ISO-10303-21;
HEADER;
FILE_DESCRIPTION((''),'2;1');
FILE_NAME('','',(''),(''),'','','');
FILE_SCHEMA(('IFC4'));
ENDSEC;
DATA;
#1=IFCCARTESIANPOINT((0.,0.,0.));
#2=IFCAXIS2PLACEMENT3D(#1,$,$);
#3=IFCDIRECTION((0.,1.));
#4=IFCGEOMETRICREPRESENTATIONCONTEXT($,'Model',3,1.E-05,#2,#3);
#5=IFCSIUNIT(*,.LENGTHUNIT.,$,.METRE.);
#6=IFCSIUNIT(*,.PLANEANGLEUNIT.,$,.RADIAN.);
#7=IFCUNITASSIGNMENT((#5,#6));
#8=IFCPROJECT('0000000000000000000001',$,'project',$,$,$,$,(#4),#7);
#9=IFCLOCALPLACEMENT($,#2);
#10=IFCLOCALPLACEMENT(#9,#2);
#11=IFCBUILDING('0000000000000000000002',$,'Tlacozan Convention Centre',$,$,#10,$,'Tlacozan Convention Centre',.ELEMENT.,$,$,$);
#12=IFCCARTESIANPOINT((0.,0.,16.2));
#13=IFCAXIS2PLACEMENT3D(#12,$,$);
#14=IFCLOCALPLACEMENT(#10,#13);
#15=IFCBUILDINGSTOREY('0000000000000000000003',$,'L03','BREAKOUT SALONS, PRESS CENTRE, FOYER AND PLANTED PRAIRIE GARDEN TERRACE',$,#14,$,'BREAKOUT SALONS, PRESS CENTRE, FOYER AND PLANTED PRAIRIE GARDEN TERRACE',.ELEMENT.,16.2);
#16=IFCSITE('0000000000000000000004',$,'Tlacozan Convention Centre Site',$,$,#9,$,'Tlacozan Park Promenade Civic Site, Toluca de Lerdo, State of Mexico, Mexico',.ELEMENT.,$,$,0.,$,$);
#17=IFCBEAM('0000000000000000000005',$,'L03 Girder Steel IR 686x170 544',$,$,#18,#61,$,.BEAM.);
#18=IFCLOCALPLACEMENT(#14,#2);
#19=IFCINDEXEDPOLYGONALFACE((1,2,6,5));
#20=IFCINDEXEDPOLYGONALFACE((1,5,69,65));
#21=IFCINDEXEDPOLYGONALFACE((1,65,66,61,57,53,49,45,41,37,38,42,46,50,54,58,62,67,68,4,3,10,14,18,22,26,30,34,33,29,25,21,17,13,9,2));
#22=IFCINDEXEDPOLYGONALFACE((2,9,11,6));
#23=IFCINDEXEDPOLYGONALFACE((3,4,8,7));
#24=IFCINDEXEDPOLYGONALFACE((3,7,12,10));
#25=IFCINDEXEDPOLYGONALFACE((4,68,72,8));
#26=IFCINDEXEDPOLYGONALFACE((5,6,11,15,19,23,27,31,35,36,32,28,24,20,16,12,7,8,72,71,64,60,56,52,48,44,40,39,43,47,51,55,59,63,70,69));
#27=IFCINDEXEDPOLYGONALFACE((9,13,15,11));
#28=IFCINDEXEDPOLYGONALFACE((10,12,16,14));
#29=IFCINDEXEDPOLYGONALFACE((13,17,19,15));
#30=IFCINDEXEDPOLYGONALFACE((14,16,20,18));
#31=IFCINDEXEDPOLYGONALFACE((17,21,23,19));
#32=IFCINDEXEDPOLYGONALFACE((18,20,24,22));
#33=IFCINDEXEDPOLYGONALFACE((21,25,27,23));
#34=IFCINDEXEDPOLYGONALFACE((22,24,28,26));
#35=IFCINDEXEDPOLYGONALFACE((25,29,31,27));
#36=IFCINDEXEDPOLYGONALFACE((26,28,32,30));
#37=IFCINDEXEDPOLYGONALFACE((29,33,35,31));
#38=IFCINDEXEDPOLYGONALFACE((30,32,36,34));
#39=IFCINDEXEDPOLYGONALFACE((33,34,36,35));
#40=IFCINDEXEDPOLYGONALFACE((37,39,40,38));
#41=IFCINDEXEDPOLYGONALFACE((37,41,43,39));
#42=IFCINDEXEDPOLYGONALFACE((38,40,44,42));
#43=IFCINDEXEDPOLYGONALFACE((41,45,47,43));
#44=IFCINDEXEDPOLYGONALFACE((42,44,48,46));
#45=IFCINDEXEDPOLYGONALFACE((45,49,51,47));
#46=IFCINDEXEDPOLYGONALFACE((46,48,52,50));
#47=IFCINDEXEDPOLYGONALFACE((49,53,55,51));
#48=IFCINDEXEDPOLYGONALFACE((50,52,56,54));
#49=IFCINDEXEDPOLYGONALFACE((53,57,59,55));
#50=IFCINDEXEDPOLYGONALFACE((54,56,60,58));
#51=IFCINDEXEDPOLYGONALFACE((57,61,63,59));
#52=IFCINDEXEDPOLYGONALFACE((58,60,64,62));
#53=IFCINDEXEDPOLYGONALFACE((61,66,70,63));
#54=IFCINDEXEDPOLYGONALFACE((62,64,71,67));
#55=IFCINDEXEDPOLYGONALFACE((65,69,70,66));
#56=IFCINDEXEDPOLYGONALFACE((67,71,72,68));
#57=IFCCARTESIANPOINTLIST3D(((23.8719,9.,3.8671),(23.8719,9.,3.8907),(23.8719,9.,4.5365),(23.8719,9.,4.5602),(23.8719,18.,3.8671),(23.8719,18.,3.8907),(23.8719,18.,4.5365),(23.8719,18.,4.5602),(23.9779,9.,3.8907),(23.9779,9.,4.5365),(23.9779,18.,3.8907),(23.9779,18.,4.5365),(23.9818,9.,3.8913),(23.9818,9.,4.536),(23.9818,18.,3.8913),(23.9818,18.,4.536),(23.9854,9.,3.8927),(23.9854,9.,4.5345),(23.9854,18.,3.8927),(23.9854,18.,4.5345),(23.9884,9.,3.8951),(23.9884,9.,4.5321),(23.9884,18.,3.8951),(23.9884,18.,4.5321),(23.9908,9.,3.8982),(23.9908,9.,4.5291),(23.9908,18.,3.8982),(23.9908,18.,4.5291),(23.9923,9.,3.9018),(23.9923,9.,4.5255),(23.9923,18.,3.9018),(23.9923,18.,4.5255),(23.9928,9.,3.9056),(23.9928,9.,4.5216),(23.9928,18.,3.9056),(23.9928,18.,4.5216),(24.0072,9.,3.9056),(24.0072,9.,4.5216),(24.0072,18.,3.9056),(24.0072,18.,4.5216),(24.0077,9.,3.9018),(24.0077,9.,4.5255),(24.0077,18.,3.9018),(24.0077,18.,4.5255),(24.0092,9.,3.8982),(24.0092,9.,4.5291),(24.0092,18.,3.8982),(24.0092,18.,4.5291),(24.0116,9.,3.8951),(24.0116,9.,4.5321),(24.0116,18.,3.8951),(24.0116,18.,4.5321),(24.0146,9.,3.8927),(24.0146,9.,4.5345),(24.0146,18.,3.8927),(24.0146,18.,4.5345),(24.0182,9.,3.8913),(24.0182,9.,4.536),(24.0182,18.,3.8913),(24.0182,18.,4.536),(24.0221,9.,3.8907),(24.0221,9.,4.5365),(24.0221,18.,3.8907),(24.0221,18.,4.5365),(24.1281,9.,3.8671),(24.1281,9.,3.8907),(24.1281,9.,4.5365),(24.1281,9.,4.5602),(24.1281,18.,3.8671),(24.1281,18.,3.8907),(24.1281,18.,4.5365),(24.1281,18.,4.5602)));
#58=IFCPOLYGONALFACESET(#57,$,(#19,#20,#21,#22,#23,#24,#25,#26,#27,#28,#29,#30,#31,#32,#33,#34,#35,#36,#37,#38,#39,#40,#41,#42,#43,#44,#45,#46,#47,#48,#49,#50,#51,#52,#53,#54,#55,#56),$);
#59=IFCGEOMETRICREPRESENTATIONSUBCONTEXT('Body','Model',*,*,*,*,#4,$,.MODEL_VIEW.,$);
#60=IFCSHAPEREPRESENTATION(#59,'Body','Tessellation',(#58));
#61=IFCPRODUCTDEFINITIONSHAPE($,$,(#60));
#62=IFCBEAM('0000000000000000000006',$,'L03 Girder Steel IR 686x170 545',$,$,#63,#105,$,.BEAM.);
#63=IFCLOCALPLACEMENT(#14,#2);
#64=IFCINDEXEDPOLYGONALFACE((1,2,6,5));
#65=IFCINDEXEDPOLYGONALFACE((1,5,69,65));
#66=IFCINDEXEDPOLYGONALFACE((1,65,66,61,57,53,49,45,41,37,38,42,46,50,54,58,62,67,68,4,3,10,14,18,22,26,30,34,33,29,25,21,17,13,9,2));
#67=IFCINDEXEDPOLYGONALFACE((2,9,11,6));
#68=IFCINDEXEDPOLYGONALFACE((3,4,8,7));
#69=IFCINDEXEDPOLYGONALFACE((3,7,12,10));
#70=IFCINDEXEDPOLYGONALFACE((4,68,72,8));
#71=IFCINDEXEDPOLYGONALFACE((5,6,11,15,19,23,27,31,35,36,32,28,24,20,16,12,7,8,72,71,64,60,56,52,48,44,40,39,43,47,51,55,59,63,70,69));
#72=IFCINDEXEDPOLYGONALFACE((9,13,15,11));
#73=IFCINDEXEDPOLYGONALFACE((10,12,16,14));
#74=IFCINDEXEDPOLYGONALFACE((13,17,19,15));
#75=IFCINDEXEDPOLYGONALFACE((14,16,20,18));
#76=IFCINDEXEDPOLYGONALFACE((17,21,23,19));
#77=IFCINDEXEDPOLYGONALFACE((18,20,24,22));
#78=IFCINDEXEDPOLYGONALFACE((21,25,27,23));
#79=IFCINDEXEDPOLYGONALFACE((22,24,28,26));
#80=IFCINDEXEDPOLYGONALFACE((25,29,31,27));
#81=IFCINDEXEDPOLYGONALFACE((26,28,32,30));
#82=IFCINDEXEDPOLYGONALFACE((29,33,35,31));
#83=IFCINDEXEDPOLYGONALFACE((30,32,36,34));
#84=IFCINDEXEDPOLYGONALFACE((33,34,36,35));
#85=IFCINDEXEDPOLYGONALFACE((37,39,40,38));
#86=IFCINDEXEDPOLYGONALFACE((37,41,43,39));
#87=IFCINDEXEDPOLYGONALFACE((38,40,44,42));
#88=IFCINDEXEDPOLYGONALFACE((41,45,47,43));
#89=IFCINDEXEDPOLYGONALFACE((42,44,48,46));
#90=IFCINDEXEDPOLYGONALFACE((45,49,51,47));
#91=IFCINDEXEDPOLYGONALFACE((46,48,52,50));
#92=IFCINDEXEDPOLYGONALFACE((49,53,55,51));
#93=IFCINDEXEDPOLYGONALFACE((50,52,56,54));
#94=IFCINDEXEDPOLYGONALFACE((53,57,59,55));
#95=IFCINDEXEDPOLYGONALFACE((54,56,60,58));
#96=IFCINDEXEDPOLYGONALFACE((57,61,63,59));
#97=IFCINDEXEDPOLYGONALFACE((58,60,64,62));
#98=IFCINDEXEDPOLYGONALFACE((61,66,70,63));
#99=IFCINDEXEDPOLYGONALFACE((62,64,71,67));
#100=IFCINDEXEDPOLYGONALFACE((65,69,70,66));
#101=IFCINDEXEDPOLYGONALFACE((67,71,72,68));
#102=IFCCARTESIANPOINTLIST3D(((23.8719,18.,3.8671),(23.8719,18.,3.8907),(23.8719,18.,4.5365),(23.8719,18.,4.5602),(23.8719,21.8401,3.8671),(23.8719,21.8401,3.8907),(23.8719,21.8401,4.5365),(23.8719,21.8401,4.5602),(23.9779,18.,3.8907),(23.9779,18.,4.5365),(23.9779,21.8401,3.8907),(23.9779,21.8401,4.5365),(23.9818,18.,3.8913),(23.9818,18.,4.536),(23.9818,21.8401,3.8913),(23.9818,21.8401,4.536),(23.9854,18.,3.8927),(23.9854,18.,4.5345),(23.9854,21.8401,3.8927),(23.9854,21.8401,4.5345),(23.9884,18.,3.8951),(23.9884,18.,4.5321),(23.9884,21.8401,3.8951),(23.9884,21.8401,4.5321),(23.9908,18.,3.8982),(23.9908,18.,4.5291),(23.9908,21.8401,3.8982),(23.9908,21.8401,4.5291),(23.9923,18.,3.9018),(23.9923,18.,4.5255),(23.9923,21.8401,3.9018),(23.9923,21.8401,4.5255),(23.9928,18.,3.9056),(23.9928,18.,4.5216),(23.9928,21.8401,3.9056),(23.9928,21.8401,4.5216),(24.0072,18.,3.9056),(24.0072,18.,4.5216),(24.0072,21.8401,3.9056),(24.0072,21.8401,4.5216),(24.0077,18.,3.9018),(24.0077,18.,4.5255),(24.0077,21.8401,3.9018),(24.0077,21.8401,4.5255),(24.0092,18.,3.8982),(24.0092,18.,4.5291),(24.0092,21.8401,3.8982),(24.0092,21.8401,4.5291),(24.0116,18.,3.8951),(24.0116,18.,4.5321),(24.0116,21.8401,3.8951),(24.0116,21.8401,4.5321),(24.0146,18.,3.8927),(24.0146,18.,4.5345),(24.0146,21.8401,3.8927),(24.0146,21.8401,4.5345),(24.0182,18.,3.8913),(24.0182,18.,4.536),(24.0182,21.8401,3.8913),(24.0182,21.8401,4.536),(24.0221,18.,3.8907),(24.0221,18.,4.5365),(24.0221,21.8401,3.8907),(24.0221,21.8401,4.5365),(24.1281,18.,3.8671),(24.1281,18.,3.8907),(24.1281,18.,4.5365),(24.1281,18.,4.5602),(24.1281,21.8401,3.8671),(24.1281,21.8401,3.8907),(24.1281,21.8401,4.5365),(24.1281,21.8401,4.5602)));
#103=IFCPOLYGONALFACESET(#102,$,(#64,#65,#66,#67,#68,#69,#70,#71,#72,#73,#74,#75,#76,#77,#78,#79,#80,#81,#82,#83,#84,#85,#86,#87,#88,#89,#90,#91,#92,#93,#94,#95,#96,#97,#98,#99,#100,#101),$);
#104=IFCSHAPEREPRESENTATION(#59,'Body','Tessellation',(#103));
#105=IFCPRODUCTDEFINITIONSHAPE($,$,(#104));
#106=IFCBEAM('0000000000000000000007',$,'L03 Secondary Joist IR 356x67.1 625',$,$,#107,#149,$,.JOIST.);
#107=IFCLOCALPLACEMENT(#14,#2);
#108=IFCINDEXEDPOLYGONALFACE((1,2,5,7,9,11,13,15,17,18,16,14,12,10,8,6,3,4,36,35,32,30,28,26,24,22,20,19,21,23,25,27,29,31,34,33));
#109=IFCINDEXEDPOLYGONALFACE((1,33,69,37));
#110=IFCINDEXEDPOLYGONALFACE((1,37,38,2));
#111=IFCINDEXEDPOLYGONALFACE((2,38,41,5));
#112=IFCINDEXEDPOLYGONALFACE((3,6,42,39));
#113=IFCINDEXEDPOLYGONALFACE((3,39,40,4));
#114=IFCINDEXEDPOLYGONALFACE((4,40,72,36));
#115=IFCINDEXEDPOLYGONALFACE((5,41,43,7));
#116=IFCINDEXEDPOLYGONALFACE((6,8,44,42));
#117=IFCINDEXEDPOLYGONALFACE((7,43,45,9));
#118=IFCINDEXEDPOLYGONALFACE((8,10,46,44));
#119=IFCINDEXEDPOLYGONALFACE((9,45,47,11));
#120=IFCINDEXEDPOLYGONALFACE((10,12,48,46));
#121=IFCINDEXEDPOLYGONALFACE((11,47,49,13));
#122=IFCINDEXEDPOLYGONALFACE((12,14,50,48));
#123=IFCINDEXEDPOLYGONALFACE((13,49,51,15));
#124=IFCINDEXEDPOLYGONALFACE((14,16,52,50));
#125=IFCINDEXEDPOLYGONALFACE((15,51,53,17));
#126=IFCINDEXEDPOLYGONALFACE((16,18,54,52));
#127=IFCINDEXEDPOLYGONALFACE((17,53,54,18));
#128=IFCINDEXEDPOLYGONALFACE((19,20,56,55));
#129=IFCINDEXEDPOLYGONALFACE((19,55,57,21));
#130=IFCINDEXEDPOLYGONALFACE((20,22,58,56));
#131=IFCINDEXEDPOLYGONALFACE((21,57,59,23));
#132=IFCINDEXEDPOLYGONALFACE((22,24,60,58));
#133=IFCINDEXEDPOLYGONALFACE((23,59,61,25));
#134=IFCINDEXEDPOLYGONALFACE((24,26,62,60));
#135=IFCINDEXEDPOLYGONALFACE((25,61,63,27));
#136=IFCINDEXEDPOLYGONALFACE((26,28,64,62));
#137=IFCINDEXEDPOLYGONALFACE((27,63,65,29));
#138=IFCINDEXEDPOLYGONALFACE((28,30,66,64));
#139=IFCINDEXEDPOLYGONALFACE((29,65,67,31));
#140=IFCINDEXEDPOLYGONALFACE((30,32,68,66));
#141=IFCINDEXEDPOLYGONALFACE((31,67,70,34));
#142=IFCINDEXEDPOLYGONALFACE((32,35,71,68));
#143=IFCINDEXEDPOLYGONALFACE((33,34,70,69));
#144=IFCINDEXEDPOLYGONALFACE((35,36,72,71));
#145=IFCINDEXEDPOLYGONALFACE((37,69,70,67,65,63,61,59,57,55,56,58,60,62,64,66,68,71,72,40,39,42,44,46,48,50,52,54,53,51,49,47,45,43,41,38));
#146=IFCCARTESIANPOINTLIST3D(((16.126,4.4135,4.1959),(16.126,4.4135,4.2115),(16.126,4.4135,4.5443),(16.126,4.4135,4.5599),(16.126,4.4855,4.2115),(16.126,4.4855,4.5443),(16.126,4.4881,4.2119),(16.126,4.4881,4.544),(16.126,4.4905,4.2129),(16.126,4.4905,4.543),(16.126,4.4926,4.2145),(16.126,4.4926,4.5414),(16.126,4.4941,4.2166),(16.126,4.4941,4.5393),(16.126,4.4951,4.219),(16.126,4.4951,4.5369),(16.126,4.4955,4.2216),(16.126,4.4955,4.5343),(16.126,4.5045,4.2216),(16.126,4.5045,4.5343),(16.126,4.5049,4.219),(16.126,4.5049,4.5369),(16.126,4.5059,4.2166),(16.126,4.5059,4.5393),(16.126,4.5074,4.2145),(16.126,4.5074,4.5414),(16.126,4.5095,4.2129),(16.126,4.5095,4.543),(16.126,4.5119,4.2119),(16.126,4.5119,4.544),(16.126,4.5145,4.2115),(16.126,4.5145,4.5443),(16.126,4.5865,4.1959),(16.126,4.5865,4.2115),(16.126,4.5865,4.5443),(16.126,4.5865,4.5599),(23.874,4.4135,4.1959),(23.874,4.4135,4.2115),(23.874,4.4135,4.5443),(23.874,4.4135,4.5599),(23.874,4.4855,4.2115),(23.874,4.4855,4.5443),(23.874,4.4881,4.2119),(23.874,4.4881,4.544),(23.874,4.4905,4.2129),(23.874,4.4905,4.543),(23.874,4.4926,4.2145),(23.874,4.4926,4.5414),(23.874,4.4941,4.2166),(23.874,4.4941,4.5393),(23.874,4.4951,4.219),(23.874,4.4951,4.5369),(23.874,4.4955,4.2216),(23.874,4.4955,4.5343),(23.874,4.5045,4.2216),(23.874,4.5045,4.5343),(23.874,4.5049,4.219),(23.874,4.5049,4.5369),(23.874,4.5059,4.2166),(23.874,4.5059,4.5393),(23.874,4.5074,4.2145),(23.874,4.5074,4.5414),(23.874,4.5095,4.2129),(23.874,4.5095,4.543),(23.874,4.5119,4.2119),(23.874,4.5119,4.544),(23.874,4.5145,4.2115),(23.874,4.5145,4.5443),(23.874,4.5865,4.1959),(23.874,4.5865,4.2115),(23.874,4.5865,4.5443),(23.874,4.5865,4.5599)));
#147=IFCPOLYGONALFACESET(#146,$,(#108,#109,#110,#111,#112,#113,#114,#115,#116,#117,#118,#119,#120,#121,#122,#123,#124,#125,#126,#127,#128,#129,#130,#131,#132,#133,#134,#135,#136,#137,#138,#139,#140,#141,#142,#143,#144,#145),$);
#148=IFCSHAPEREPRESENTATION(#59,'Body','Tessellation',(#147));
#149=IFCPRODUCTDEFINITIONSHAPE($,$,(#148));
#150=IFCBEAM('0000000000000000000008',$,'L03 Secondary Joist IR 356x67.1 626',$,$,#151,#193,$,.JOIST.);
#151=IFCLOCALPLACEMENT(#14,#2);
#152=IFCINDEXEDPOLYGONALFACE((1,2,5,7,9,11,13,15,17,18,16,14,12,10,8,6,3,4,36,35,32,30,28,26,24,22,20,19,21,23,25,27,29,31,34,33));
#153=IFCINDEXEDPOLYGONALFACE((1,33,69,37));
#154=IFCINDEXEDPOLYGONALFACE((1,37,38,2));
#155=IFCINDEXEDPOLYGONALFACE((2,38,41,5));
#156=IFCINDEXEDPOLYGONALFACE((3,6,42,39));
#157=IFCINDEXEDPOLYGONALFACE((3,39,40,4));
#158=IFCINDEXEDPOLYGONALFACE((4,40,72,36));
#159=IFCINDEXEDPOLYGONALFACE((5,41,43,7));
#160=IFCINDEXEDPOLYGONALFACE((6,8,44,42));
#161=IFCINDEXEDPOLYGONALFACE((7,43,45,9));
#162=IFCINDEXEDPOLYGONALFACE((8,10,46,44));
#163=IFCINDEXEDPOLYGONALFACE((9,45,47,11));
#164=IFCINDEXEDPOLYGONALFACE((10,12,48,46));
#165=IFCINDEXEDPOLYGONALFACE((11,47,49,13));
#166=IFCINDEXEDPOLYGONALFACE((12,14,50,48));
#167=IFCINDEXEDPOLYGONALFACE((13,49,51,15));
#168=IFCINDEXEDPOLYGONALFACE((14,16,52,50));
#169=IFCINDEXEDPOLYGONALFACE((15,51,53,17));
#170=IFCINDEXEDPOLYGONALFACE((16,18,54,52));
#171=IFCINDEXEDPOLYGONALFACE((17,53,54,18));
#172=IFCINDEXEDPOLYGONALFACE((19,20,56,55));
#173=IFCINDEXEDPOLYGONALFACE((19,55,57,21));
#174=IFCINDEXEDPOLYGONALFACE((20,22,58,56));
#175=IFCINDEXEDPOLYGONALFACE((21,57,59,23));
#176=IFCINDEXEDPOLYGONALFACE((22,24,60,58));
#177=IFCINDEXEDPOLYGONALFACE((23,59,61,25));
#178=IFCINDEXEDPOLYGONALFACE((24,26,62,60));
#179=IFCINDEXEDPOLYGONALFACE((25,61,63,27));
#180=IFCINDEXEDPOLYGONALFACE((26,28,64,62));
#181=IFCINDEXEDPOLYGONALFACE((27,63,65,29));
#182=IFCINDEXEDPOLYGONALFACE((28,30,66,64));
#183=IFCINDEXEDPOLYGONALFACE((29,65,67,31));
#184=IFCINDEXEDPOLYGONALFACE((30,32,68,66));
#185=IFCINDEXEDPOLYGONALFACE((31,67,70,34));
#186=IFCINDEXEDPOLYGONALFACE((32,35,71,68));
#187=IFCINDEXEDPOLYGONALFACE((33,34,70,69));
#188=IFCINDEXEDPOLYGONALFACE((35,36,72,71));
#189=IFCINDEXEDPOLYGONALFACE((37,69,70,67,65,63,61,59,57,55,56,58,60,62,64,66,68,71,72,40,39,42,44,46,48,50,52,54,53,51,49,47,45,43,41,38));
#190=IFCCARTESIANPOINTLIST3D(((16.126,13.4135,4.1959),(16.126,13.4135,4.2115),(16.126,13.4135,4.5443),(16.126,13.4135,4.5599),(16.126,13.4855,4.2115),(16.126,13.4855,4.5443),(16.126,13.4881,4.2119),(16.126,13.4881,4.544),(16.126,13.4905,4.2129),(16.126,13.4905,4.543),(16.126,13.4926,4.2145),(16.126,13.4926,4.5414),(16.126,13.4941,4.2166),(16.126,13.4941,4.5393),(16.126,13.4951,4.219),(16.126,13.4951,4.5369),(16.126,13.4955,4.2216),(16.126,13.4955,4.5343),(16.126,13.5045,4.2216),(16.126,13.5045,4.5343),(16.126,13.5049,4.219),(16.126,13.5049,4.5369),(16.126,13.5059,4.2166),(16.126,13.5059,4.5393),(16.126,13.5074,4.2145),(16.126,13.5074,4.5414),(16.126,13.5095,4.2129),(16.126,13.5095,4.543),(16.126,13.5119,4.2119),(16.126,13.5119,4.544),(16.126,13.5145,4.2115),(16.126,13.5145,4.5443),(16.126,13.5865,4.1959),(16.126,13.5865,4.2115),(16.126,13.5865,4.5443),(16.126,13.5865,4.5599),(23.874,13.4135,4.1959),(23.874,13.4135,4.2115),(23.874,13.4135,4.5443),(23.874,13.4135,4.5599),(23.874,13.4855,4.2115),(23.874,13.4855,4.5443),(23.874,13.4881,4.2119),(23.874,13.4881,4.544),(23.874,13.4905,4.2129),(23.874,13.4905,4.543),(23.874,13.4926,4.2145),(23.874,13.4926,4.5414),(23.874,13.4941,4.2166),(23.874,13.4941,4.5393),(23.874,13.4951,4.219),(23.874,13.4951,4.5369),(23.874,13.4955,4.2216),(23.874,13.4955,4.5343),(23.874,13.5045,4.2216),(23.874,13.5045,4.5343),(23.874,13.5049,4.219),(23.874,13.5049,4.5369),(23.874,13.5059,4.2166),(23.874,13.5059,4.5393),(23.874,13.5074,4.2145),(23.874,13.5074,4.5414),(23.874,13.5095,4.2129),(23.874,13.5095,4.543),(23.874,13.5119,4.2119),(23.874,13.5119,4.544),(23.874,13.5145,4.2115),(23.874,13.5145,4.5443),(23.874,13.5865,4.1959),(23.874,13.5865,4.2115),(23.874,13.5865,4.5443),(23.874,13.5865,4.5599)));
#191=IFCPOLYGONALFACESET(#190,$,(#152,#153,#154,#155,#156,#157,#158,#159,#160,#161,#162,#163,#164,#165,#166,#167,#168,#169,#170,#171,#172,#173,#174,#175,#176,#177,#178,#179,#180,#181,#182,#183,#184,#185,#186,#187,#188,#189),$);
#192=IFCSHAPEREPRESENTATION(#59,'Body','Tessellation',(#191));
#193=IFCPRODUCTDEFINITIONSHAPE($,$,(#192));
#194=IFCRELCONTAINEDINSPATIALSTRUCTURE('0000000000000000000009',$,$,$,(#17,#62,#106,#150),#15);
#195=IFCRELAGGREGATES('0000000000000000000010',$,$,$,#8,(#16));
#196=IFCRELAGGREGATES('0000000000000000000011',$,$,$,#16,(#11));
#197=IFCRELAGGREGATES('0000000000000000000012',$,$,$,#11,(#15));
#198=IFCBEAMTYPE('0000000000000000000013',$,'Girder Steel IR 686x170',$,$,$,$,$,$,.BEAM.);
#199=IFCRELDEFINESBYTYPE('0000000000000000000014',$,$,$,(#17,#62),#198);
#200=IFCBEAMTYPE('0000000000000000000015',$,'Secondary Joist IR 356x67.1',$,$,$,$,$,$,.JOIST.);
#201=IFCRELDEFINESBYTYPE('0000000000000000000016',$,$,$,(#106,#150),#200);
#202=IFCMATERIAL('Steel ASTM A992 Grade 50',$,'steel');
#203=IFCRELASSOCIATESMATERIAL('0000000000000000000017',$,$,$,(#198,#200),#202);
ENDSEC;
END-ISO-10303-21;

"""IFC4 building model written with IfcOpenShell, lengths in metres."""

from ifc_helpers import new_model, si_unit, direction, frame, origin, origin_2d, place, context, subcontext, project, spatial, i_section, extrude, material, material_profile, profile_set, type_object, element, save


model = new_model("IFC4")

# Units and contexts
model_context = context("Model", 3, precision=1e-05, world=origin(), true_north=direction((0.0, 1.0)))
body_context = subcontext(model_context, "Body", "Model", "MODEL_VIEW")
ifc_project = project(units=[si_unit("LENGTHUNIT", "METRE"), si_unit("PLANEANGLEUNIT", "RADIAN")], contexts=[model_context])

# Site, building, storey
site_placement = place(None, origin())
site = spatial("IfcSite", under=ifc_project, at=site_placement, Name="Tlacozan Convention Centre Site", LongName="Tlacozan Park Promenade Civic Site, Toluca de Lerdo, State of Mexico, Mexico", CompositionType="ELEMENT", RefElevation=0.0)
building_placement = place(site_placement, origin())
building = spatial("IfcBuilding", under=site, at=building_placement, Name="Tlacozan Convention Centre", LongName="Tlacozan Convention Centre", CompositionType="ELEMENT")
storey_placement = place(building_placement, frame((0.0, 0.0, 16.2)))
storey = spatial("IfcBuildingStorey", under=building, at=storey_placement, Name="L03", Description="BREAKOUT SALONS, PRESS CENTRE, FOYER AND PLANTED PRAIRIE GARDEN TERRACE", LongName="BREAKOUT SALONS, PRESS CENTRE, FOYER AND PLANTED PRAIRIE GARDEN TERRACE", CompositionType="ELEMENT", Elevation=16.2)

# Beams
ifc_material_1 = material(Name="Steel ASTM A992 Grade 50", Category="steel")
ifc_material_profile_1 = material_profile(ifc_material_1, i_section(OverallWidth=0.2561, OverallDepth=0.6931, WebThickness=0.0144, FlangeThickness=0.0237, FilletRadius=0.0149, at=origin_2d()), Name="IR 686x170.0")
ifc_profile_set_1 = profile_set([ifc_material_profile_1], Name="Steel ASTM A992 Grade 50")
beam_type_1 = type_object("IfcBeamType", Name="Girder Steel IR 686x170", PredefinedType="BEAM", material=ifc_profile_set_1)
beam_1_placement = place(storey_placement, frame((24.0, 9.0, 4.2136), z_axis=(0.0, 1.0, 0.0), x_axis=(-1.0, 0.0, 0.0)))
element("IfcBeam", 1, at=beam_1_placement, inside=storey, type_object=beam_type_1, Name="L03 Girder Steel IR 686x170 544", PredefinedType="BEAM", context=body_context, shape_type="SweptSolid", body=[
    extrude(i_section(OverallWidth=0.2561, OverallDepth=0.6931, WebThickness=0.0144, FlangeThickness=0.0237, FilletRadius=0.0149, at=origin_2d()), origin(), (0.0, 0.0, 1.0), 9.0),
])
beam_2_placement = place(storey_placement, frame((24.0, 18.0, 4.2136), z_axis=(0.0, 1.0, 0.0), x_axis=(-1.0, 0.0, 0.0)))
element("IfcBeam", 2, at=beam_2_placement, inside=storey, type_object=beam_type_1, Name="L03 Girder Steel IR 686x170 545", PredefinedType="BEAM", context=body_context, shape_type="SweptSolid", body=[
    extrude(i_section(OverallWidth=0.2561, OverallDepth=0.6931, WebThickness=0.0144, FlangeThickness=0.0237, FilletRadius=0.0149, at=origin_2d()), origin(), (0.0, 0.0, 1.0), 3.8401),
])
ifc_material_profile_2 = material_profile(ifc_material_1, i_section(OverallWidth=0.1731, OverallDepth=0.364, WebThickness=0.009, FlangeThickness=0.0156, FilletRadius=0.01, at=origin_2d()), Name="IR 356x67.1")
ifc_profile_set_2 = profile_set([ifc_material_profile_2], Name="Steel ASTM A992 Grade 50")
beam_type_2 = type_object("IfcBeamType", Name="Secondary Joist IR 356x67.1", PredefinedType="JOIST", material=ifc_profile_set_2)
for number, where, z_axis, x_axis, name in (
    (3, (16.126, 4.5, 4.3779), (1.0, 0.0, 0.0), (0.0, 1.0, 0.0), "L03 Secondary Joist IR 356x67.1 625"),
    (4, (16.126, 13.5, 4.3779), (1.0, 0.0, 0.0), (0.0, 1.0, 0.0), "L03 Secondary Joist IR 356x67.1 626"),
):
    element("IfcBeam", number, at=place(storey_placement, frame(where, z_axis=z_axis, x_axis=x_axis)), inside=storey, type_object=beam_type_2, Name=name, PredefinedType="JOIST", context=body_context, shape_type="SweptSolid", body=[
        extrude(i_section(OverallWidth=0.1731, OverallDepth=0.364, WebThickness=0.009, FlangeThickness=0.0156, FilletRadius=0.01, at=origin_2d()), origin(), (0.0, 0.0, 1.0), 7.748),
    ])

save(model, "model.ifc")
